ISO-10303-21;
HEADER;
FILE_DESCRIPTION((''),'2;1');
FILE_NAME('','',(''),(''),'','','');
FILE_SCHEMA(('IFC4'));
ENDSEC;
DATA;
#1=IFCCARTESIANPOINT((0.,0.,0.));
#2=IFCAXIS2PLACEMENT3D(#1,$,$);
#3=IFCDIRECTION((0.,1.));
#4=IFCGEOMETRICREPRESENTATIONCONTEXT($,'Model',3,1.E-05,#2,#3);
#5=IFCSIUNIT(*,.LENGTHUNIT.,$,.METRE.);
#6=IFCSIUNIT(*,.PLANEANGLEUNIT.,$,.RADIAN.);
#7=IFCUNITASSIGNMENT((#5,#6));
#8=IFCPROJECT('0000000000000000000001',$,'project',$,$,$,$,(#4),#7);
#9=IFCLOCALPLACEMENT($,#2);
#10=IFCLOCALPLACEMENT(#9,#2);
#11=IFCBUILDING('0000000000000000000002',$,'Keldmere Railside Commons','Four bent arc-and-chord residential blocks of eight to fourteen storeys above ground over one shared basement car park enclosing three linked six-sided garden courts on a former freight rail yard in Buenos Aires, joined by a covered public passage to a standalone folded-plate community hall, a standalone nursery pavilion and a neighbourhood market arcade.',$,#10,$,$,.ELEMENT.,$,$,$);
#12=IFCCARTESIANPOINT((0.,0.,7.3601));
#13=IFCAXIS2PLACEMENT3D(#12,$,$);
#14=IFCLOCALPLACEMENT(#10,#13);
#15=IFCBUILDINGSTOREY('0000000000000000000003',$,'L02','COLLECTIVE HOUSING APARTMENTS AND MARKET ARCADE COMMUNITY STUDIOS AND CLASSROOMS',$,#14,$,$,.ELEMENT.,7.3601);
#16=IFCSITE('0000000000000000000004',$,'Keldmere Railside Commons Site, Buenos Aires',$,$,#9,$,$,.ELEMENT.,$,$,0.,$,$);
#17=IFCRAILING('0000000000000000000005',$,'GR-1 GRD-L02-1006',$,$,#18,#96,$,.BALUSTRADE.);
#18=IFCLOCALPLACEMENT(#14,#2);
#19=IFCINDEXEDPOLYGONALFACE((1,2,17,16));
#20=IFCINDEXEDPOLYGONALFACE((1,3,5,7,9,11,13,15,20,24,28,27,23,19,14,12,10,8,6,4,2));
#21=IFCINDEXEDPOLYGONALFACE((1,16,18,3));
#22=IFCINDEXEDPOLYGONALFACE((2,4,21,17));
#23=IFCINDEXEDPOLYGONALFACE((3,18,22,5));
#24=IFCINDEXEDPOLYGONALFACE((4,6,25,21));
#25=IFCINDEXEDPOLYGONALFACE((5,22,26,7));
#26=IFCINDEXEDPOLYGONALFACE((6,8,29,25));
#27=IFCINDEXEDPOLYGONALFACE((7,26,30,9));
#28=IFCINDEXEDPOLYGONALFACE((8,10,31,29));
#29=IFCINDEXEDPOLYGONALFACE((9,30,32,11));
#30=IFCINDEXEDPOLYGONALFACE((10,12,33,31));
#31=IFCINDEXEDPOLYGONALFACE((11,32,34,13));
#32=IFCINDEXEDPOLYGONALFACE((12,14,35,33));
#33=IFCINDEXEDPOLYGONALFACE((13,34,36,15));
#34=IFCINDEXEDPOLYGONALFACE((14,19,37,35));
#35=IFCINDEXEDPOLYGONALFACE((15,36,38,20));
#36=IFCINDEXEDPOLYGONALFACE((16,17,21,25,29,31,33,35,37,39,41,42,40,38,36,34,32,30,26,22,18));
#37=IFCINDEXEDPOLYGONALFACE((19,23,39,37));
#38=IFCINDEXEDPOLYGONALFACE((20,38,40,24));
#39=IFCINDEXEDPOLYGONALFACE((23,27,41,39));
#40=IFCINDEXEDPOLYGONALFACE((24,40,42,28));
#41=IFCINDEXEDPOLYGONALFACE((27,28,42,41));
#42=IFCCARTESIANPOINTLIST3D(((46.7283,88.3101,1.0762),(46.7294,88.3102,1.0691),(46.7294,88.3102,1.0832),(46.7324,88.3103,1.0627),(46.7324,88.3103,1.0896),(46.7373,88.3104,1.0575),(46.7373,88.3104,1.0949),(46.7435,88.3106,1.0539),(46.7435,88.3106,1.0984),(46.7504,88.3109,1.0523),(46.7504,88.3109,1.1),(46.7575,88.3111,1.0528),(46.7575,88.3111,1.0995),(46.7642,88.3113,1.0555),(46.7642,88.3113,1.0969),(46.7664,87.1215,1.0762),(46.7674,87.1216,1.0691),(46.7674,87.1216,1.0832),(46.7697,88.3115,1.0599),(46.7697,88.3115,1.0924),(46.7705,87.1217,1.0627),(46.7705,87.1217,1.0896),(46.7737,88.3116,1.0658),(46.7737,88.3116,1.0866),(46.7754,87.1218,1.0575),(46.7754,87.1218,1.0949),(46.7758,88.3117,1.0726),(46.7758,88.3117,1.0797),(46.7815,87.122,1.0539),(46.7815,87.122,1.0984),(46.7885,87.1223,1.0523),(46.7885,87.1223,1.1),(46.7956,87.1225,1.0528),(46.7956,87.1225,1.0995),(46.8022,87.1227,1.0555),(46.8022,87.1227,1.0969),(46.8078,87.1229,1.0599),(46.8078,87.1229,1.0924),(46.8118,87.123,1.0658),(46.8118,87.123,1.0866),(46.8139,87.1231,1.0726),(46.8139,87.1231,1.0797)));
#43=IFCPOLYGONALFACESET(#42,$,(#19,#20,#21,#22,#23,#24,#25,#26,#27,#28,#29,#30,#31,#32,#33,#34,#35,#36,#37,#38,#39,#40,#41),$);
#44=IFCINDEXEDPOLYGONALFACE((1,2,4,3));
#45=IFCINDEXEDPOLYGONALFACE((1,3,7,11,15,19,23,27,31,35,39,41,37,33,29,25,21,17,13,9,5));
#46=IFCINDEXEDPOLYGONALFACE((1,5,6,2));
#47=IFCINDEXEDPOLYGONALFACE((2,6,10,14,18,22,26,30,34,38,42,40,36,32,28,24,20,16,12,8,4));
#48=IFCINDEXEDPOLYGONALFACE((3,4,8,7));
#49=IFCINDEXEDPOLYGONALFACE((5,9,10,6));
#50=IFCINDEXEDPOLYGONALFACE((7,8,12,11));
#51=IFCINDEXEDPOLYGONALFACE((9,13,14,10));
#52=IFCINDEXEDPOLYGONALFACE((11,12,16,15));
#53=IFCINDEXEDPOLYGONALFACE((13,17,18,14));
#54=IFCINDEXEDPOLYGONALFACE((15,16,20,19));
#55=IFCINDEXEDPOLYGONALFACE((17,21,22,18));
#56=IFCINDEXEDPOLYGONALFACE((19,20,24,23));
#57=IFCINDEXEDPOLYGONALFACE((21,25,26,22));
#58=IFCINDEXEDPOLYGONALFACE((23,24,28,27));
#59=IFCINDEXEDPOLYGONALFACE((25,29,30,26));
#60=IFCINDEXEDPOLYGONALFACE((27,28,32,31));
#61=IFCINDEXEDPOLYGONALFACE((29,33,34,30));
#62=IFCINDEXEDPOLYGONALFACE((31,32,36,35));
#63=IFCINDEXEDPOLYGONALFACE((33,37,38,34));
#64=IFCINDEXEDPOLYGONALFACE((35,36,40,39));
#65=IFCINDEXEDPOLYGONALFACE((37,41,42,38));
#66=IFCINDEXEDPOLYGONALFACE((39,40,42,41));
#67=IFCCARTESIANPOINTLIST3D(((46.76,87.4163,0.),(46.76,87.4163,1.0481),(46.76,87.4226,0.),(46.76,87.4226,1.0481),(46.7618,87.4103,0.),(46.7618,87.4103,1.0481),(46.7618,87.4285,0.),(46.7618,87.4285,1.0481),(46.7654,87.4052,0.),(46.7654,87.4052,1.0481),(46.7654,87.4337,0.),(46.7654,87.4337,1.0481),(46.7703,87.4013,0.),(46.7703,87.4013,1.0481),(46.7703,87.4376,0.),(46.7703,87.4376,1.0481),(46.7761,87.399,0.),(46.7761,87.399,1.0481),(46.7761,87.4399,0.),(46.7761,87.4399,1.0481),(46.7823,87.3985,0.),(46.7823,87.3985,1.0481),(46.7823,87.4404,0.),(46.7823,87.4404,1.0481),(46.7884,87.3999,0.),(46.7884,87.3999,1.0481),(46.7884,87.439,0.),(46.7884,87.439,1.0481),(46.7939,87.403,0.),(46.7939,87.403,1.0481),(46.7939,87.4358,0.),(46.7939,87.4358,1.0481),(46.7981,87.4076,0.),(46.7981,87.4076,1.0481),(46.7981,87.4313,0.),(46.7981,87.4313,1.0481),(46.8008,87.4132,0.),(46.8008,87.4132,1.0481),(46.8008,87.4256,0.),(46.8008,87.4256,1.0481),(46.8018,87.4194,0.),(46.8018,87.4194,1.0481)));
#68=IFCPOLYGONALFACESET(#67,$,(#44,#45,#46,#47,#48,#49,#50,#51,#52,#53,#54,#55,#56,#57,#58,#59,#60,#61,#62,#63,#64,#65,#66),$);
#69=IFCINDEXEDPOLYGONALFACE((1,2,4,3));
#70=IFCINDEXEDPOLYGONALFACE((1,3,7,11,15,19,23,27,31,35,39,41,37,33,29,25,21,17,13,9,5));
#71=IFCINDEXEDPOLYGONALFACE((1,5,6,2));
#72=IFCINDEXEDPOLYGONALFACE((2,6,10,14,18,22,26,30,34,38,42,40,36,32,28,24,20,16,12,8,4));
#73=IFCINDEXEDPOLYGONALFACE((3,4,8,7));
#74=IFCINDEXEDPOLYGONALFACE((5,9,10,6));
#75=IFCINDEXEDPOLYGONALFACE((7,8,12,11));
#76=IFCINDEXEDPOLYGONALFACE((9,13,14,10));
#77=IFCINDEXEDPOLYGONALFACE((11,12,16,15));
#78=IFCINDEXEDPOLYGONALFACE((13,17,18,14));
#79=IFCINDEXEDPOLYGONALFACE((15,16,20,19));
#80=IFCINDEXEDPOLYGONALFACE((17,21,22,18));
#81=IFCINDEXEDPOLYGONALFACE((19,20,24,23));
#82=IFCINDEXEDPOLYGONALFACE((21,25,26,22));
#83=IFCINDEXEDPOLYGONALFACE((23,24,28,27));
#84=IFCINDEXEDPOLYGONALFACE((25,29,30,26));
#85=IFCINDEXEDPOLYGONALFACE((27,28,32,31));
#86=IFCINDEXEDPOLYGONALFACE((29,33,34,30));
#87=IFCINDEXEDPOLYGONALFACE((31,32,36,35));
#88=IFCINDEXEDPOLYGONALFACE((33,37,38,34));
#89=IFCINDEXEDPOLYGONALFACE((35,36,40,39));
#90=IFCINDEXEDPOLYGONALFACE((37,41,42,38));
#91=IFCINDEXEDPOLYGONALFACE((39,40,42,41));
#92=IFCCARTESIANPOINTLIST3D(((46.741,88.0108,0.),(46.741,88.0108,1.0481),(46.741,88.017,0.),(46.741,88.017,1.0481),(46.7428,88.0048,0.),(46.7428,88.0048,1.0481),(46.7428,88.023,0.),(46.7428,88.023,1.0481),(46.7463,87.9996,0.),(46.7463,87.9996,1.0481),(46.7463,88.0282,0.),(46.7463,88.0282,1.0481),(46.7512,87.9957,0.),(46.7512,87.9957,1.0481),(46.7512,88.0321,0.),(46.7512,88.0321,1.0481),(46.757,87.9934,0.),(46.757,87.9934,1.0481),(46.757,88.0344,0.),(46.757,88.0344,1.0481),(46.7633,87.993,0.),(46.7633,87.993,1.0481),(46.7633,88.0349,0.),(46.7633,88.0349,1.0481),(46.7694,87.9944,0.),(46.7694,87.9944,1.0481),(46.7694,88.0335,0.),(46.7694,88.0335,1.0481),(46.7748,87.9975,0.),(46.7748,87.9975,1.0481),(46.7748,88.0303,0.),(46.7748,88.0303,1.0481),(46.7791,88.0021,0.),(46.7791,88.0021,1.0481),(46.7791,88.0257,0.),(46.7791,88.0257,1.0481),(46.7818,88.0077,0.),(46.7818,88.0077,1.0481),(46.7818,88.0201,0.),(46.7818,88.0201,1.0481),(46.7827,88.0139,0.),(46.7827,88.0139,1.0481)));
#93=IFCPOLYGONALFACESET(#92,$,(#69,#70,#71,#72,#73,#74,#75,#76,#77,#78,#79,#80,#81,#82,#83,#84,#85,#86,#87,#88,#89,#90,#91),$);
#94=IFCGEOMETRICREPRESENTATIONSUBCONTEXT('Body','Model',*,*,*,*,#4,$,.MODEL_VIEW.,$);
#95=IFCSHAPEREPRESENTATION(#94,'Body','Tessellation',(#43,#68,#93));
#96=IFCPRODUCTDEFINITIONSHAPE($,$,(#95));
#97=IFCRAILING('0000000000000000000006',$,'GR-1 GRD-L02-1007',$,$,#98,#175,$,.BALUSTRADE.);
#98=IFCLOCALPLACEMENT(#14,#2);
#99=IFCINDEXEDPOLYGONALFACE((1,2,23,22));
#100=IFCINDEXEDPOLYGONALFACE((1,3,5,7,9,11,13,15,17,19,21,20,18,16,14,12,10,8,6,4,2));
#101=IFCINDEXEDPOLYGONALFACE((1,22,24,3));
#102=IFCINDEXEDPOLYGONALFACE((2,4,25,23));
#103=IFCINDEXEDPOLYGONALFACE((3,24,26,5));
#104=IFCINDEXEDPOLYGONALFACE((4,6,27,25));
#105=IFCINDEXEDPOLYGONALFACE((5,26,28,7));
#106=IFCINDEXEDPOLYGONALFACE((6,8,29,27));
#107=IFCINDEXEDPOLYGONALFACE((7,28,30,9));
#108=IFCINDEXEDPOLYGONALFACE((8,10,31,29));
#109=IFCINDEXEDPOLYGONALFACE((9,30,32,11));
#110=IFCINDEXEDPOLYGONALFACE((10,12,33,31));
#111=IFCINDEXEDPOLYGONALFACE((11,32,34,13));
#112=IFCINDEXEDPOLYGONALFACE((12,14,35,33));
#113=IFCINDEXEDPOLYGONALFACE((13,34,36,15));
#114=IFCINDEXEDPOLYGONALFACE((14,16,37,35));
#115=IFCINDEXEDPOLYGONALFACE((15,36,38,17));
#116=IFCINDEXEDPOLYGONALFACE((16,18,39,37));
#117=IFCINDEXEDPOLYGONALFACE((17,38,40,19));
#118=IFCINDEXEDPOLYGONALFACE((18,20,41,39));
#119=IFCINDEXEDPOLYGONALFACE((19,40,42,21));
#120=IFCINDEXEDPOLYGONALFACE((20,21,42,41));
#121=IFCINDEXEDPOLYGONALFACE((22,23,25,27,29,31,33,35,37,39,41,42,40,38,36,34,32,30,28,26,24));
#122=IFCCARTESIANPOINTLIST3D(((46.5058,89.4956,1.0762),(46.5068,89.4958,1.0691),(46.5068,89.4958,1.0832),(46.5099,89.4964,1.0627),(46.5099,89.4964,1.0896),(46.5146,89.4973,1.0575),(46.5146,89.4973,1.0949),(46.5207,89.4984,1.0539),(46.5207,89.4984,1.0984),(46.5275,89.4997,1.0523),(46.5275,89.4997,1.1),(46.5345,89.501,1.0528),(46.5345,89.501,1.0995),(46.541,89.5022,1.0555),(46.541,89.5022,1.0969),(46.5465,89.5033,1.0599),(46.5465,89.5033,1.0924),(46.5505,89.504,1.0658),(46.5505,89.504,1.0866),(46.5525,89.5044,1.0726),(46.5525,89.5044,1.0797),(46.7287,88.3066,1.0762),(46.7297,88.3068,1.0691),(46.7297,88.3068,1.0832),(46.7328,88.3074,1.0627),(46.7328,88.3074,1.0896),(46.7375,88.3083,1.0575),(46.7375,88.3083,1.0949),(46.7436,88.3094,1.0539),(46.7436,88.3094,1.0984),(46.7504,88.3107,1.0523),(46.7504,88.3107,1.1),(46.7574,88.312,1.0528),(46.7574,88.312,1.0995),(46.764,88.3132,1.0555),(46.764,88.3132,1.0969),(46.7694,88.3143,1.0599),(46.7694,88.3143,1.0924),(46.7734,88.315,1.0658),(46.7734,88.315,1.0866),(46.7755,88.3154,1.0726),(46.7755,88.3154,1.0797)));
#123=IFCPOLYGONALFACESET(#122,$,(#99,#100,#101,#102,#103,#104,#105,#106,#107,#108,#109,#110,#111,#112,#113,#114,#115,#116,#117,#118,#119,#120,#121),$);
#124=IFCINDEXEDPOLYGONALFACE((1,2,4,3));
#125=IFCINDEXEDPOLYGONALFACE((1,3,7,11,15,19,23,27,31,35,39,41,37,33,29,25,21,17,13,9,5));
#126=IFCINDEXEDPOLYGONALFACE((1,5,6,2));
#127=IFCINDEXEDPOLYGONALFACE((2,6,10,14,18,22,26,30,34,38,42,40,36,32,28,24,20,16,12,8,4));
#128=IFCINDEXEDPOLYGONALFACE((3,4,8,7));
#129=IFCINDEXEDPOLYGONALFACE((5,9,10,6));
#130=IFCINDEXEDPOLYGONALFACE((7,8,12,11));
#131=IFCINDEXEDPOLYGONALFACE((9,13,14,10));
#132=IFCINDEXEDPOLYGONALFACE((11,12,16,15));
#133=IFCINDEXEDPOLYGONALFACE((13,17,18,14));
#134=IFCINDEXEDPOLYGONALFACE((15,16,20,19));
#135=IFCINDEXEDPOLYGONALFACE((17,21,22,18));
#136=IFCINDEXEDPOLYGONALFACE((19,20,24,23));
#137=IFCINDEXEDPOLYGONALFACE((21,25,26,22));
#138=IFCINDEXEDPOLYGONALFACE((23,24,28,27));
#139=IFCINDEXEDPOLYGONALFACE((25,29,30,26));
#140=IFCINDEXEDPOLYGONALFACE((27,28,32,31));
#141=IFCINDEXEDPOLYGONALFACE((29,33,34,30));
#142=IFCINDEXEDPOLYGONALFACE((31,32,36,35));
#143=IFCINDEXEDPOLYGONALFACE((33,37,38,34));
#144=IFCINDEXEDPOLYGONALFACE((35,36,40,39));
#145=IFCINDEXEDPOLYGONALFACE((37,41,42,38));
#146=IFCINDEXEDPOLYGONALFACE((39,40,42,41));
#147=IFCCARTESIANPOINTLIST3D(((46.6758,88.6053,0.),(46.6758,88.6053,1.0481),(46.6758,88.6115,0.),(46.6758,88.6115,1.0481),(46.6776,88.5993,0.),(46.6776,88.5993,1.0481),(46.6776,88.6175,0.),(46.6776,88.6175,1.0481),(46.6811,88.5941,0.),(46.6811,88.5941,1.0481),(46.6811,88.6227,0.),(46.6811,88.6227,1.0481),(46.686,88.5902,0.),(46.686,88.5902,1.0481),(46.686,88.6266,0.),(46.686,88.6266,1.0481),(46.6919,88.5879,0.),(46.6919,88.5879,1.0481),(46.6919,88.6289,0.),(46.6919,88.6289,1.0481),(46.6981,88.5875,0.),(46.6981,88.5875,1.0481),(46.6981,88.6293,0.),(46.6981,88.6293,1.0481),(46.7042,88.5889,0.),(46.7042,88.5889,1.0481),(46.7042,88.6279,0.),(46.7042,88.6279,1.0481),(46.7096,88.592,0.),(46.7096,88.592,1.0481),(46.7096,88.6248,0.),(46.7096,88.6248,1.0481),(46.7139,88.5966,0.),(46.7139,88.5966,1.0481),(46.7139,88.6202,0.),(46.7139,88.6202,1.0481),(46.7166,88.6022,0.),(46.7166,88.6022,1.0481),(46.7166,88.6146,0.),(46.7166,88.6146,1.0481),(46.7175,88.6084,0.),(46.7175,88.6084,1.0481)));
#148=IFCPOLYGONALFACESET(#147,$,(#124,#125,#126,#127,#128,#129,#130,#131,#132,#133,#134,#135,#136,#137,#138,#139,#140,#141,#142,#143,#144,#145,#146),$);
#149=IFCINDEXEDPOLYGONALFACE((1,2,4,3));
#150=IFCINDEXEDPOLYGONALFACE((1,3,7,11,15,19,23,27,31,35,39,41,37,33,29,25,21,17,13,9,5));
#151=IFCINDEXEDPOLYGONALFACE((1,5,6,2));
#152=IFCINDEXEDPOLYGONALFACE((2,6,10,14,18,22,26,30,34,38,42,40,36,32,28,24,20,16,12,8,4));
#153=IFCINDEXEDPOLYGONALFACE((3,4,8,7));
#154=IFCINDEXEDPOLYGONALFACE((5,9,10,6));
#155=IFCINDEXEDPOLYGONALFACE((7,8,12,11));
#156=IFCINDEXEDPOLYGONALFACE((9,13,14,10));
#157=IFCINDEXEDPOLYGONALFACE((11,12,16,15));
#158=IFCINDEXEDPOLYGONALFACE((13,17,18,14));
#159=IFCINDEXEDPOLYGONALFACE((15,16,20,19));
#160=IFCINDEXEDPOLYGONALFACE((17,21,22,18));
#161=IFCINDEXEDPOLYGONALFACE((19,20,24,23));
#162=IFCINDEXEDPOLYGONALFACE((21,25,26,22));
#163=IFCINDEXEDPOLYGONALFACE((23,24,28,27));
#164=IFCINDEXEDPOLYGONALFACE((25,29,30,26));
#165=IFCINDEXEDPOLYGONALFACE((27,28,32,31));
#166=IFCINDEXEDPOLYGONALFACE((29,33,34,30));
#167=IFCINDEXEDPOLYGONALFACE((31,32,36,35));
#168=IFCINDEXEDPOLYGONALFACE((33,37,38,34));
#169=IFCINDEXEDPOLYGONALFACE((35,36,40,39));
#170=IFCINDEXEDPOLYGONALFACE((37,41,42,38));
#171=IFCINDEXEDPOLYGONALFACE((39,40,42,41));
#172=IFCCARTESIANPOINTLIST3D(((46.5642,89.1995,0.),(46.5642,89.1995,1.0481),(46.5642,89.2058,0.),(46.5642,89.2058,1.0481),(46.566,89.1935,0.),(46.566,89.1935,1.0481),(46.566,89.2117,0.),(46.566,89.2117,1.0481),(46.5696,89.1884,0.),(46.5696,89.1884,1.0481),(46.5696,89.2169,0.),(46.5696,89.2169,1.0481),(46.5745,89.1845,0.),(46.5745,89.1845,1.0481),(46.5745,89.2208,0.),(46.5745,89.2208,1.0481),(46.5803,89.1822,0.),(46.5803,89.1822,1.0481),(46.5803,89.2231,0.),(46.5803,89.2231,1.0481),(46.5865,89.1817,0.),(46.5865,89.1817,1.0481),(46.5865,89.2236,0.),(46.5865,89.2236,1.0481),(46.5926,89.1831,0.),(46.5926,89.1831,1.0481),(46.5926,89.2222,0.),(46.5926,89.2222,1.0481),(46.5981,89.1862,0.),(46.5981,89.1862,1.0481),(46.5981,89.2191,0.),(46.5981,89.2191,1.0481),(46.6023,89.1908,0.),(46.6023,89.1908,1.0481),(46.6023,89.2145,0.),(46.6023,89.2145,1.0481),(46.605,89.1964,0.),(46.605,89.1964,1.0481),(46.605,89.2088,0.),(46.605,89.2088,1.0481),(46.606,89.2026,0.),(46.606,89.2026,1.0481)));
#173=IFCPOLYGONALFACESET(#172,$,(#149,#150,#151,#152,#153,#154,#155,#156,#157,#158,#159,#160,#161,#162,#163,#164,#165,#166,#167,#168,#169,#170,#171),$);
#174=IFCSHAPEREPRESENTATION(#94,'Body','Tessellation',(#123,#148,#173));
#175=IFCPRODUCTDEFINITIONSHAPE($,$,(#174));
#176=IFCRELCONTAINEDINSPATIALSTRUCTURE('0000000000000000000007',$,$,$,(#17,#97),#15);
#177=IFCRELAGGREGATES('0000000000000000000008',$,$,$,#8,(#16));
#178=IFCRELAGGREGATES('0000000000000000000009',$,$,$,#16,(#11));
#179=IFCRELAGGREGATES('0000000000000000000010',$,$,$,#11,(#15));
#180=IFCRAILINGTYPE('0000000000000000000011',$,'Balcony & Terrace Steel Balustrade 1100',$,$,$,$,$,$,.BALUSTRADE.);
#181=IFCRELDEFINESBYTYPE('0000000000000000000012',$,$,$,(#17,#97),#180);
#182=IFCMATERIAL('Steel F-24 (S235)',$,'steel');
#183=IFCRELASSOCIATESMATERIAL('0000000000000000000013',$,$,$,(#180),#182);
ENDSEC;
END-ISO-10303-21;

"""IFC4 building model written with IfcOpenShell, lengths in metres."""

from ifc_helpers import new_model, si_unit, direction, frame, origin, origin_2d, place, context, subcontext, project, spatial, circle, extrude, material, type_object, element, save


model = new_model("IFC4")

# Units and contexts
model_context = context("Model", 3, precision=1e-05, world=origin(), true_north=direction((0.0, 1.0)))
body_context = subcontext(model_context, "Body", "Model", "MODEL_VIEW")
ifc_project = project(units=[si_unit("LENGTHUNIT", "METRE"), si_unit("PLANEANGLEUNIT", "RADIAN")], contexts=[model_context])

# Site, building, storey
site_placement = place(None, origin())
site = spatial("IfcSite", under=ifc_project, at=site_placement, Name="Keldmere Railside Commons Site, Buenos Aires", CompositionType="ELEMENT", RefElevation=0.0)
building_placement = place(site_placement, origin())
building = spatial("IfcBuilding", under=site, at=building_placement, Name="Keldmere Railside Commons", Description="Four bent arc-and-chord residential blocks of eight to fourteen storeys above ground over one shared basement car park enclosing three linked six-sided garden courts on a former freight rail yard in Buenos Aires, joined by a covered public passage to a standalone folded-plate community hall, a standalone nursery pavilion and a neighbourhood market arcade.", CompositionType="ELEMENT")
storey_placement = place(building_placement, frame((0.0, 0.0, 7.3601)))
storey = spatial("IfcBuildingStorey", under=building, at=storey_placement, Name="L02", Description="COLLECTIVE HOUSING APARTMENTS AND MARKET ARCADE COMMUNITY STUDIOS AND CLASSROOMS", CompositionType="ELEMENT", Elevation=7.3601)

# Railings
ifc_material_1 = material(Name="Steel F-24 (S235)", Category="steel")
railing_type = type_object("IfcRailingType", Name="Balcony & Terrace Steel Balustrade 1100", PredefinedType="BALUSTRADE", material=ifc_material_1)
railing_1_placement = place(storey_placement, frame((46.7903, 87.1223, 0.0)))
element("IfcRailing", 1, at=railing_1_placement, inside=storey, type_object=railing_type, Name="GR-1 GRD-L02-1006", PredefinedType="BALUSTRADE", context=body_context, shape_type="SweptSolid", body=[
    extrude(circle(Radius=0.0239, at=origin_2d()), frame((0.0, 0.0, 1.0762), z_axis=(-0.032023, 0.999487, 0.0), x_axis=(-0.999487, -0.032023, 0.0)), (0.0, 0.0, 1.0), 1.1892),
    extrude(circle(Radius=0.021, at=origin_2d()), frame((-0.0095, 0.2971, 0.0)), (0.0, 0.0, 1.0), 1.0481),
    extrude(circle(Radius=0.021, at=origin_2d()), frame((-0.0286, 0.8916, 0.0)), (0.0, 0.0, 1.0), 1.0481),
])
railing_2_placement = place(storey_placement, frame((46.7522, 88.311, 0.0)))
element("IfcRailing", 2, at=railing_2_placement, inside=storey, type_object=railing_type, Name="GR-1 GRD-L02-1007", PredefinedType="BALUSTRADE", context=body_context, shape_type="SweptSolid", body=[
    extrude(circle(Radius=0.0239, at=origin_2d()), frame((0.0, 0.0, 1.0762), z_axis=(-0.184264, 0.982877, 0.0), x_axis=(-0.982877, -0.184264, 0.0)), (0.0, 0.0, 1.0), 1.2097),
    extrude(circle(Radius=0.021, at=origin_2d()), frame((-0.0557, 0.2974, 0.0)), (0.0, 0.0, 1.0), 1.0481),
    extrude(circle(Radius=0.021, at=origin_2d()), frame((-0.1672, 0.8916, 0.0)), (0.0, 0.0, 1.0), 1.0481),
])

save(model, "model.ifc")
